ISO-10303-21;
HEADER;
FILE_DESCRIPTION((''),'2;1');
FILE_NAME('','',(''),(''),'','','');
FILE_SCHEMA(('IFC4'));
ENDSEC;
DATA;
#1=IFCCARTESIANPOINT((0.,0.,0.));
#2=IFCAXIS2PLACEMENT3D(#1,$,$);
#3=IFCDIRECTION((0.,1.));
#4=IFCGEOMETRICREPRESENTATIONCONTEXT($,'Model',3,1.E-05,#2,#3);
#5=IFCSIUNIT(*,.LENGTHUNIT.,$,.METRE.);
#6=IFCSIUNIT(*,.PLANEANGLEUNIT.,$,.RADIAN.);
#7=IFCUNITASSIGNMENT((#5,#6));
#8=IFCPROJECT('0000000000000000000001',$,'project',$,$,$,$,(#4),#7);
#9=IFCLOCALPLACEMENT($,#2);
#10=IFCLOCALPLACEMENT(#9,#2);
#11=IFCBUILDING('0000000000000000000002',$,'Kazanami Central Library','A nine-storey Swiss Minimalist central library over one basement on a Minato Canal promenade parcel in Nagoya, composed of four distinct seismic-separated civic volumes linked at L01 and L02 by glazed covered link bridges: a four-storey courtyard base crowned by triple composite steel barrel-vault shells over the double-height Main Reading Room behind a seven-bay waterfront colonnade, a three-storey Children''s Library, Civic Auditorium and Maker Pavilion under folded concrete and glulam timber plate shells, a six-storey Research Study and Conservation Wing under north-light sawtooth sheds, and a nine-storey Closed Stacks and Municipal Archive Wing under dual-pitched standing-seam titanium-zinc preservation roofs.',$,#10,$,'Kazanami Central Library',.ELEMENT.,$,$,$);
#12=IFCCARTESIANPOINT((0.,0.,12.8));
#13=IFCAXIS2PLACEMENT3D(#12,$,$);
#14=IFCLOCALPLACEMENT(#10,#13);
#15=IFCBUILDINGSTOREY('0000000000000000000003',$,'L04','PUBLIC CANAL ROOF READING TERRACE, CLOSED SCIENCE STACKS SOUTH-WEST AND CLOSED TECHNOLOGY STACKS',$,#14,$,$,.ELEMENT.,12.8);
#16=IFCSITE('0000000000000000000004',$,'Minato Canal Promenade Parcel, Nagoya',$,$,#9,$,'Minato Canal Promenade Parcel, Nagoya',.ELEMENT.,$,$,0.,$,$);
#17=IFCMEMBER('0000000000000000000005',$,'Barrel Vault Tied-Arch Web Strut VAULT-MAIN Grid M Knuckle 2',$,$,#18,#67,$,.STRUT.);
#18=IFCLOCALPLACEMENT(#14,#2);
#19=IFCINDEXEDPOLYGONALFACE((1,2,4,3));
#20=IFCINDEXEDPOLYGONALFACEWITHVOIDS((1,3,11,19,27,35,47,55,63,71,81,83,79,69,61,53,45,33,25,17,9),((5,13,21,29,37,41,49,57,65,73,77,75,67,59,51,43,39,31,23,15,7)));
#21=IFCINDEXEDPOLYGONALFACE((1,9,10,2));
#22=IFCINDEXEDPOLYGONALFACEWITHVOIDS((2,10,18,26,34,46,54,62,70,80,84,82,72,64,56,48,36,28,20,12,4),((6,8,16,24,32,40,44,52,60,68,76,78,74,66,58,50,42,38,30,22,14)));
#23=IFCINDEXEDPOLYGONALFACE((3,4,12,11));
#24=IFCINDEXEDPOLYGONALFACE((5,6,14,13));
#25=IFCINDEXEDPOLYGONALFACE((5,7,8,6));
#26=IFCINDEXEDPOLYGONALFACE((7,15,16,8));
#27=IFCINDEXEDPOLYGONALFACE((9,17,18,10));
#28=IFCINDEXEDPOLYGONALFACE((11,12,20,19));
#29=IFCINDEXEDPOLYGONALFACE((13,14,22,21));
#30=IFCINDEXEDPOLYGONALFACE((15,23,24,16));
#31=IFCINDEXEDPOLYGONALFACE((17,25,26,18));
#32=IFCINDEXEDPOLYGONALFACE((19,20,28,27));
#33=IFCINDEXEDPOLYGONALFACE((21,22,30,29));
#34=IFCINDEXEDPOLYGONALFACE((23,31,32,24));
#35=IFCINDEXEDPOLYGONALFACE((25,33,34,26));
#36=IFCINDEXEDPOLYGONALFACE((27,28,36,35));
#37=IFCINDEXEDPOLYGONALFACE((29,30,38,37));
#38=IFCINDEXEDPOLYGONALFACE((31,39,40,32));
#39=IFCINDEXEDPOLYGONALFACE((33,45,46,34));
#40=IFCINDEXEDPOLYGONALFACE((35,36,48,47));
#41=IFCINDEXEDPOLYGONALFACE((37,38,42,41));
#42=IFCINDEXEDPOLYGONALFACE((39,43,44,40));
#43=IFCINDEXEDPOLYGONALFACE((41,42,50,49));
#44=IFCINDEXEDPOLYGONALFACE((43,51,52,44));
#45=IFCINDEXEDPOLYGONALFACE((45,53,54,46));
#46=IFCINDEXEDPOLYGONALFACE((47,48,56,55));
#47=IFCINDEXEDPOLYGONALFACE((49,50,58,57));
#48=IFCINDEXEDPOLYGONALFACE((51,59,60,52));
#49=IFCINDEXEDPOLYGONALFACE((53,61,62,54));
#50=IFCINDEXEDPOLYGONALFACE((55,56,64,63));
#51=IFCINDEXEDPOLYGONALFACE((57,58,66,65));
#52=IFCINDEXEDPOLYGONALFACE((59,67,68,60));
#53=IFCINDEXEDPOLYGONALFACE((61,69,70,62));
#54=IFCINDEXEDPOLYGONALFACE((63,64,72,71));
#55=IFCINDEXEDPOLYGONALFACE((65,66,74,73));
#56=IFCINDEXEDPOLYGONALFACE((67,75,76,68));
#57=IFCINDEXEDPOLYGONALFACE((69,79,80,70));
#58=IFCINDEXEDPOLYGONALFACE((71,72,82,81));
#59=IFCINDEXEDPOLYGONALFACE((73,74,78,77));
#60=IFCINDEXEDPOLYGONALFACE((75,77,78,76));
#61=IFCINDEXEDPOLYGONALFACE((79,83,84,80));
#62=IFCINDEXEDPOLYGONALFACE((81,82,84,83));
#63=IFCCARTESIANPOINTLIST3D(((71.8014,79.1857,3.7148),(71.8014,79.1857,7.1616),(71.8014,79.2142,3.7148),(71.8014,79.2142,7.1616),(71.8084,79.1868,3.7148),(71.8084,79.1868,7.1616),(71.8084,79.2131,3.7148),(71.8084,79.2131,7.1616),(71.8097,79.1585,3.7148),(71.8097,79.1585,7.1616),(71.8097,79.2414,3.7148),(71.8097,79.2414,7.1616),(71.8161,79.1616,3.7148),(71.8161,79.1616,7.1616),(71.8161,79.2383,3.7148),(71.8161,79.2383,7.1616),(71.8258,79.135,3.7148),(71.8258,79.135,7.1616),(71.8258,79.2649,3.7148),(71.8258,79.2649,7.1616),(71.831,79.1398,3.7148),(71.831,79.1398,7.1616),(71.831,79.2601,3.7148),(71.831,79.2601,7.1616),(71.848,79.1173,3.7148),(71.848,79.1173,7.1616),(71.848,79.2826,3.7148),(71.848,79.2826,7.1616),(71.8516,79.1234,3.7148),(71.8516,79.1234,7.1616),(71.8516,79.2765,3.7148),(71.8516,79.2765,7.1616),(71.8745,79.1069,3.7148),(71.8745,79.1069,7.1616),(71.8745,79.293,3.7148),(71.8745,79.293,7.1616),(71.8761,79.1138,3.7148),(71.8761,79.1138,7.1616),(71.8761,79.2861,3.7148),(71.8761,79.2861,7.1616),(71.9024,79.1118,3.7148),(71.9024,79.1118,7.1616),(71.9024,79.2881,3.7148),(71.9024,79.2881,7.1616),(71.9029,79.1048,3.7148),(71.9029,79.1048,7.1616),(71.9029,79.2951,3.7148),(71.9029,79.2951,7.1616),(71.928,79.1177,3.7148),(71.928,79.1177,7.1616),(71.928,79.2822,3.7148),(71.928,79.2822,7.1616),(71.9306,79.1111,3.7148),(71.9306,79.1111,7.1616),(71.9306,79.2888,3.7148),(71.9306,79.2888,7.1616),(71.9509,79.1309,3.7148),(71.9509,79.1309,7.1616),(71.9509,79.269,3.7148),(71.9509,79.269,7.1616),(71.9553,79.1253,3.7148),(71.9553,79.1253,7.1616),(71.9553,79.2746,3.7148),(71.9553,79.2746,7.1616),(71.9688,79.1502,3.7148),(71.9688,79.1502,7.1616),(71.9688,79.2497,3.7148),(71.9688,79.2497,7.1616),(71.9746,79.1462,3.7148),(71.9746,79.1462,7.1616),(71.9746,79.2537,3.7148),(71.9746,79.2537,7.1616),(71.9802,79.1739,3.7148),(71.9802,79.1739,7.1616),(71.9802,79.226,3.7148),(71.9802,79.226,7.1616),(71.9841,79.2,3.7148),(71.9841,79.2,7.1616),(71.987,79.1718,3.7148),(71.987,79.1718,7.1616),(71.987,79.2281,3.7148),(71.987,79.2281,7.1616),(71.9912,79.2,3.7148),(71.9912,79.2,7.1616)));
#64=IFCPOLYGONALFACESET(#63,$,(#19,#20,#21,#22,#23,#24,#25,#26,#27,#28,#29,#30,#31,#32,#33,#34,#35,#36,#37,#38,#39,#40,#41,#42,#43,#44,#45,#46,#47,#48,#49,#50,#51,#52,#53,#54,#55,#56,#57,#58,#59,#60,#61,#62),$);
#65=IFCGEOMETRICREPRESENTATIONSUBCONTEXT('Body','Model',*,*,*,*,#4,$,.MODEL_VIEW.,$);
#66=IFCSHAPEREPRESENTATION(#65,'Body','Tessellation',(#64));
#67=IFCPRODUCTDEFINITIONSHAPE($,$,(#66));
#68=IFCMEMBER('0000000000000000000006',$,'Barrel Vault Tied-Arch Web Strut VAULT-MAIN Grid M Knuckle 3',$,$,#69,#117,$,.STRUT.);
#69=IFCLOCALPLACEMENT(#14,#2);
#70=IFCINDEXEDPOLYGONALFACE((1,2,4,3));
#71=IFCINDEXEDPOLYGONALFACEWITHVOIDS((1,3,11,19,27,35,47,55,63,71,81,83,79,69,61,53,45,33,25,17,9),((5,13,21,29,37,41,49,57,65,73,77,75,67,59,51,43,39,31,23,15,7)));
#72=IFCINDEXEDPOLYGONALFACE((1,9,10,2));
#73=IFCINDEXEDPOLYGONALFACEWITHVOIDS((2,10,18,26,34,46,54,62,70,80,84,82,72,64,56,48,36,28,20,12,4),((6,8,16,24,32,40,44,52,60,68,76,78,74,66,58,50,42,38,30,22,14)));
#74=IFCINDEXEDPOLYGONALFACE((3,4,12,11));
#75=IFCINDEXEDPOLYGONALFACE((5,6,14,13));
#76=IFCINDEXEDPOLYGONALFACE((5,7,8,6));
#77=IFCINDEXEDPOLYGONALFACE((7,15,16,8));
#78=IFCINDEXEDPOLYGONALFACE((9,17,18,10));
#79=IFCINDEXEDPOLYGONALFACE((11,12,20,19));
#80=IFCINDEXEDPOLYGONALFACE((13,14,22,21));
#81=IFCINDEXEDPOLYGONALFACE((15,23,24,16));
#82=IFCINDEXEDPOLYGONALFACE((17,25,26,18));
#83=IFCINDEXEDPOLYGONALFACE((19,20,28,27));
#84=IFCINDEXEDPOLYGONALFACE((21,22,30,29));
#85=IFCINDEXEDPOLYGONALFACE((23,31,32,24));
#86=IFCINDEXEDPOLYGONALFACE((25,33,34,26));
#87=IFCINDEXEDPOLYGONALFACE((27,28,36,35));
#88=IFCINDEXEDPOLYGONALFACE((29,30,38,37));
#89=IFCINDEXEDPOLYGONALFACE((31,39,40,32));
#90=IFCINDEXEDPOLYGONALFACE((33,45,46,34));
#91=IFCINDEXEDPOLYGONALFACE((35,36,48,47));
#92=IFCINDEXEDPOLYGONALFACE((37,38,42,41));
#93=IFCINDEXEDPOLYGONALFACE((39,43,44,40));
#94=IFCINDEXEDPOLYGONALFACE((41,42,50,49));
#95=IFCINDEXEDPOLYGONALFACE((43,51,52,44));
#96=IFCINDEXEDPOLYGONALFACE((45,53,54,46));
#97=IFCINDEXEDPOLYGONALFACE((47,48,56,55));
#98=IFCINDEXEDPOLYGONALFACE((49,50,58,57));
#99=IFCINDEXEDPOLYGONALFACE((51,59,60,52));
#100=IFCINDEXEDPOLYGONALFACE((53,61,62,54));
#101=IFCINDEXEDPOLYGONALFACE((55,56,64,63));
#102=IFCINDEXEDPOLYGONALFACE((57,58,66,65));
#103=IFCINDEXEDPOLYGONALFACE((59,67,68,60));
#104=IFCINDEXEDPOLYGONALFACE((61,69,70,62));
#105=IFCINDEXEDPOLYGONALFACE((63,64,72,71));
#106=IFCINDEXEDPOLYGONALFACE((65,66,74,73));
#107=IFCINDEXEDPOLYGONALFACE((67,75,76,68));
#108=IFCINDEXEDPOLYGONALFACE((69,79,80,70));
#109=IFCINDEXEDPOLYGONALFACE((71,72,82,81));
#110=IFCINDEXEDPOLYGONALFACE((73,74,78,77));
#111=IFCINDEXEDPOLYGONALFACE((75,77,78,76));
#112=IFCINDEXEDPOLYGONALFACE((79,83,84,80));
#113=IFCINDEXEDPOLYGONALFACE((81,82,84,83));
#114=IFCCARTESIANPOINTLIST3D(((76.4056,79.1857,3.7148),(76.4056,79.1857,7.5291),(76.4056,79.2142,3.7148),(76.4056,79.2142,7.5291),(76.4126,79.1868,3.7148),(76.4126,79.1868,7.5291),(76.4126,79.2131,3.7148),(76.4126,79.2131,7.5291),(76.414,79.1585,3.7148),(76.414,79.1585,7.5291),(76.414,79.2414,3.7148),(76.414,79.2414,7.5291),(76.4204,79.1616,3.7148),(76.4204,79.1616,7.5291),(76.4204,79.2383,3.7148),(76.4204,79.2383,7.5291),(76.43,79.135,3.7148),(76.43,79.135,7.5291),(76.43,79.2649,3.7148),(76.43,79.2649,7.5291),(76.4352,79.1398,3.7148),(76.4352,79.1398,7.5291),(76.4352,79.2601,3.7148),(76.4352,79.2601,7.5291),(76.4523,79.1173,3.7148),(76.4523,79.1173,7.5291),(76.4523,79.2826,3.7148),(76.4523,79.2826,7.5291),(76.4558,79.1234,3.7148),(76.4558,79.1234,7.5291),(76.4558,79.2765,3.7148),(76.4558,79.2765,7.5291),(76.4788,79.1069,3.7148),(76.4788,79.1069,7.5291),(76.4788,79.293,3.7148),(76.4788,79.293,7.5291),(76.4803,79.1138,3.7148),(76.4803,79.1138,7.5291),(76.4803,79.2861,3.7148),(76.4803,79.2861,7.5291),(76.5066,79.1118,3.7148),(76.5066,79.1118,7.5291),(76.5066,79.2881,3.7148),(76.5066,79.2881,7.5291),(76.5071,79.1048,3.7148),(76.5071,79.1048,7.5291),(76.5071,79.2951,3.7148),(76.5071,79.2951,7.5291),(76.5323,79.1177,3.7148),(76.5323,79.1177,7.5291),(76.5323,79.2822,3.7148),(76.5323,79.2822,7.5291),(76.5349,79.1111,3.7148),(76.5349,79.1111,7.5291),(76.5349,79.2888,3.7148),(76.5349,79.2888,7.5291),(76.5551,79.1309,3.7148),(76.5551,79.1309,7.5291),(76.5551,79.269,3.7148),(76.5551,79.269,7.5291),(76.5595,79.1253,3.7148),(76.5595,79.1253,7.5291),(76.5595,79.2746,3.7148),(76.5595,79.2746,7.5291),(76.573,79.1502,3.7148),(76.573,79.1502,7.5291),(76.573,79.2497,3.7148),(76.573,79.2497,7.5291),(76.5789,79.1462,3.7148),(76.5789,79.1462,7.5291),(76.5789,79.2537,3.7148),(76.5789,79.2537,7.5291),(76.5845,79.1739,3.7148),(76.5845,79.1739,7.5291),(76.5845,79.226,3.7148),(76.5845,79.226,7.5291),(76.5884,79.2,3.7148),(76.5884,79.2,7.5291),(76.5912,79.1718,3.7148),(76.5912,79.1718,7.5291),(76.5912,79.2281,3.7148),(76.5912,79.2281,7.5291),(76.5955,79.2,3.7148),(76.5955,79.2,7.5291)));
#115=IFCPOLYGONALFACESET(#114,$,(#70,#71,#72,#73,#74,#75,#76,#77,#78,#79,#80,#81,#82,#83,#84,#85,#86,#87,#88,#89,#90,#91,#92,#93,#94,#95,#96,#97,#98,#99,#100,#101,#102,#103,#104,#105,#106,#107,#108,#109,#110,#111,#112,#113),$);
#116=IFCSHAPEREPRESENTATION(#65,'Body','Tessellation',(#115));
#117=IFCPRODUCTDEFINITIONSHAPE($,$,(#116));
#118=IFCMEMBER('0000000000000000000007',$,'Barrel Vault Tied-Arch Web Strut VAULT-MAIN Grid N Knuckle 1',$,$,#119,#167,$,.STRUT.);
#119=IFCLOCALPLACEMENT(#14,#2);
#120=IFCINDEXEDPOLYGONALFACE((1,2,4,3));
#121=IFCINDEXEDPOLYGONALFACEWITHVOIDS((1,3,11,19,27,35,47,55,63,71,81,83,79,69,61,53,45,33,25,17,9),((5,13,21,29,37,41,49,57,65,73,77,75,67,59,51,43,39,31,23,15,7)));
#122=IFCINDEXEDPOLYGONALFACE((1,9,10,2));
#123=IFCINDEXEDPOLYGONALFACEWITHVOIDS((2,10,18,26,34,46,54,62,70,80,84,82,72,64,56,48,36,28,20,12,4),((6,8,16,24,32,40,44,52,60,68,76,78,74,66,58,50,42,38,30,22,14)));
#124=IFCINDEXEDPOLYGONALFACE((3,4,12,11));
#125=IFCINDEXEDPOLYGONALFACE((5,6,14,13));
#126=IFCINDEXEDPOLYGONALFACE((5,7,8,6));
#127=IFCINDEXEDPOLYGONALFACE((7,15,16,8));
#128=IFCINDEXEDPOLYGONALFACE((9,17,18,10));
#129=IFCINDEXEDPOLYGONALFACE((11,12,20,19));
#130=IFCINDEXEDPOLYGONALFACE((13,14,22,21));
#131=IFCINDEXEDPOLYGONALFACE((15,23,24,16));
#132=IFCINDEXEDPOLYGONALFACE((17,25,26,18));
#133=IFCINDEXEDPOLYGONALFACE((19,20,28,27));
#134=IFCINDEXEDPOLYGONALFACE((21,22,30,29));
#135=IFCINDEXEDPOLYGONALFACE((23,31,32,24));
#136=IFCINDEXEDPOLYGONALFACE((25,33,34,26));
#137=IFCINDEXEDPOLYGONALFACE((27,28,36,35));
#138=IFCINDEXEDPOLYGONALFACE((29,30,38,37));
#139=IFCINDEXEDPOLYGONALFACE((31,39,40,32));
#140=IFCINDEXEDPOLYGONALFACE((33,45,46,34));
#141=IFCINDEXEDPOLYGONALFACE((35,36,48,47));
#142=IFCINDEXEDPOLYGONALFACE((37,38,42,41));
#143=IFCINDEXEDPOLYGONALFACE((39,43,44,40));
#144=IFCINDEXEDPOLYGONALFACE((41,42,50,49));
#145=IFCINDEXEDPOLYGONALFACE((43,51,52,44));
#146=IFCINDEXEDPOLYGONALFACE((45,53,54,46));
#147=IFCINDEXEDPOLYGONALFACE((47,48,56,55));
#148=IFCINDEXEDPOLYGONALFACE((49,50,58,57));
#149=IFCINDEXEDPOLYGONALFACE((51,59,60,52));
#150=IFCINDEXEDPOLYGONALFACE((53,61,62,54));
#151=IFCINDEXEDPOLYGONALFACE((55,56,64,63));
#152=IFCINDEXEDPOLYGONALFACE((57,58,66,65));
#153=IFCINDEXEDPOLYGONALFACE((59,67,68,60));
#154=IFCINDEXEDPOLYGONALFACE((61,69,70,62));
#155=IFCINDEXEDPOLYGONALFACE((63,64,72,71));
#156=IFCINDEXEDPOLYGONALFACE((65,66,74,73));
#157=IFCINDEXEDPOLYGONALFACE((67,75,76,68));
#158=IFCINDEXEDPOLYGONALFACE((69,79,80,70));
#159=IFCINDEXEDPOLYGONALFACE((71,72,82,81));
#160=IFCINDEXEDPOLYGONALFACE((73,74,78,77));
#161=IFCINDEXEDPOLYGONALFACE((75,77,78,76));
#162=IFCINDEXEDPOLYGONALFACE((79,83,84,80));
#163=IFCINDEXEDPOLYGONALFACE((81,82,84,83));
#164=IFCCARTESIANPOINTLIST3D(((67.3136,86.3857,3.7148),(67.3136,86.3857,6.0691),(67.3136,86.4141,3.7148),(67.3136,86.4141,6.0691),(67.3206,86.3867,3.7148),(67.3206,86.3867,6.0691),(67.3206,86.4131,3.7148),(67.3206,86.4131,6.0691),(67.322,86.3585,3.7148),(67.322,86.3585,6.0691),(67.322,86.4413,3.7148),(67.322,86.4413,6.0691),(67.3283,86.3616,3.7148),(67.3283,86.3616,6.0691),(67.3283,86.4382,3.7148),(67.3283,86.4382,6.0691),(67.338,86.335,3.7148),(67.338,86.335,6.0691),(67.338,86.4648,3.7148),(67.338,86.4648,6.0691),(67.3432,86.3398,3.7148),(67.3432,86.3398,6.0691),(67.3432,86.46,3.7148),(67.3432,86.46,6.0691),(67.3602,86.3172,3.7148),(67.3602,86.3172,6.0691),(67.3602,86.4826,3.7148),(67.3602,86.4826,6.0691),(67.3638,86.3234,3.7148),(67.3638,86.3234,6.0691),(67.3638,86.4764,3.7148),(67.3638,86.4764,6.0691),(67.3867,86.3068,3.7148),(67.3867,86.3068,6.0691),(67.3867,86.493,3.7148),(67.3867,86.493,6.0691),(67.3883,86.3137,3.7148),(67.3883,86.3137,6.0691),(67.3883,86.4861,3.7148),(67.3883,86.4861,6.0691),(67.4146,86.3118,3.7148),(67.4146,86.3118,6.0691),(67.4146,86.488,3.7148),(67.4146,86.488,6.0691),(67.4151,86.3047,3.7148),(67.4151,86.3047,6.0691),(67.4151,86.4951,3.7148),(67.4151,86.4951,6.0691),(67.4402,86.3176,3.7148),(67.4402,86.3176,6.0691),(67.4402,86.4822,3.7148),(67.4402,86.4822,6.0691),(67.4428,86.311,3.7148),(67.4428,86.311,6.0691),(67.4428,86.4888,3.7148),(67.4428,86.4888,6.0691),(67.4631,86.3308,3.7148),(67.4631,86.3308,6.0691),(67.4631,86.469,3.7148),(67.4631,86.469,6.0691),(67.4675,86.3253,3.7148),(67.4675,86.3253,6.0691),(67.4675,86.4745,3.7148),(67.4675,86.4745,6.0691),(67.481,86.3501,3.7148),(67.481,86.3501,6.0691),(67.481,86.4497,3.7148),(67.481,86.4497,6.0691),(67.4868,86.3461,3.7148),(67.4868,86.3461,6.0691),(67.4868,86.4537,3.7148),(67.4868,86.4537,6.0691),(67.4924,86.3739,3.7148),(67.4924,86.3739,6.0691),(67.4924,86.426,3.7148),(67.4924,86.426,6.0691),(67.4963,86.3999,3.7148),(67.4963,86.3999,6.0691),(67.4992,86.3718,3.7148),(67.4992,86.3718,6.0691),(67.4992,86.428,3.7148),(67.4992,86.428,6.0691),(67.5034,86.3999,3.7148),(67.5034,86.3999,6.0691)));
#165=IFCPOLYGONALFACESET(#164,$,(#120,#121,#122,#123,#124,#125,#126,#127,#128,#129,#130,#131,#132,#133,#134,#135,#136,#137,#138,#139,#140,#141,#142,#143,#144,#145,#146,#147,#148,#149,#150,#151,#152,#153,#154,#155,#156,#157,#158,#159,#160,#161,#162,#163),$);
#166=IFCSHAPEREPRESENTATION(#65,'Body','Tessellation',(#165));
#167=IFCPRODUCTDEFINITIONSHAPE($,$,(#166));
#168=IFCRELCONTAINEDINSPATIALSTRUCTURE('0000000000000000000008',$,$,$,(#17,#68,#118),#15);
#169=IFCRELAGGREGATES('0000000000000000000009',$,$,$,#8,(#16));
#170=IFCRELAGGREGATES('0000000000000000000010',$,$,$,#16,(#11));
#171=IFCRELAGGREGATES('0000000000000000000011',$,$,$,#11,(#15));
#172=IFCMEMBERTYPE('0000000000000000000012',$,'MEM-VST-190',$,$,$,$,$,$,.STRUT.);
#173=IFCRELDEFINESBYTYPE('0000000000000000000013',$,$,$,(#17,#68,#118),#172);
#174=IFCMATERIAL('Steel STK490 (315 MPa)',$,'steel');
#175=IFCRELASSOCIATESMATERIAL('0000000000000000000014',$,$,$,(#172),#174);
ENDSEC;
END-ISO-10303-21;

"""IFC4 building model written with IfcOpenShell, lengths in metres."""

from ifc_helpers import new_model, si_unit, direction, frame, origin, origin_2d, place, context, subcontext, project, spatial, hollow_circle, extrude, material, material_profile, profile_set, type_object, element, save


model = new_model("IFC4")

# Units and contexts
model_context = context("Model", 3, precision=1e-05, world=origin(), true_north=direction((0.0, 1.0)))
body_context = subcontext(model_context, "Body", "Model", "MODEL_VIEW")
ifc_project = project(units=[si_unit("LENGTHUNIT", "METRE"), si_unit("PLANEANGLEUNIT", "RADIAN")], contexts=[model_context])

# Site, building, storey
site_placement = place(None, origin())
site = spatial("IfcSite", under=ifc_project, at=site_placement, Name="Minato Canal Promenade Parcel, Nagoya", LongName="Minato Canal Promenade Parcel, Nagoya", CompositionType="ELEMENT", RefElevation=0.0)
building_placement = place(site_placement, origin())
building = spatial("IfcBuilding", under=site, at=building_placement, Name="Kazanami Central Library", Description="A nine-storey Swiss Minimalist central library over one basement on a Minato Canal promenade parcel in Nagoya, composed of four distinct seismic-separated civic volumes linked at L01 and L02 by glazed covered link bridges: a four-storey courtyard base crowned by triple composite steel barrel-vault shells over the double-height Main Reading Room behind a seven-bay waterfront colonnade, a three-storey Children's Library, Civic Auditorium and Maker Pavilion under folded concrete and glulam timber plate shells, a six-storey Research Study and Conservation Wing under north-light sawtooth sheds, and a nine-storey Closed Stacks and Municipal Archive Wing under dual-pitched standing-seam titanium-zinc preservation roofs.", LongName="Kazanami Central Library", CompositionType="ELEMENT")
storey_placement = place(building_placement, frame((0.0, 0.0, 12.8)))
storey = spatial("IfcBuildingStorey", under=building, at=storey_placement, Name="L04", Description="PUBLIC CANAL ROOF READING TERRACE, CLOSED SCIENCE STACKS SOUTH-WEST AND CLOSED TECHNOLOGY STACKS", CompositionType="ELEMENT", Elevation=12.8)

# Members
ifc_material_1 = material(Name="Steel STK490 (315 MPa)", Category="steel")
ifc_material_profile_1 = material_profile(ifc_material_1, hollow_circle(Radius=0.0955, WallThickness=0.0071, at=origin_2d()), Name="CHS-190.7x7.0")
ifc_profile_set_1 = profile_set([ifc_material_profile_1], Name="Steel STK490 (315 MPa)")
member_type_1 = type_object("IfcMemberType", Name="MEM-VST-190", PredefinedType="STRUT", material=ifc_profile_set_1)
member_1_placement = place(storey_placement, frame((71.8958, 79.2, 3.7148), z_axis=(0.0, 0.0, 1.0), x_axis=(1.0, 0.0, 0.0)))
element("IfcMember", 1, at=member_1_placement, inside=storey, type_object=member_type_1, Name="Barrel Vault Tied-Arch Web Strut VAULT-MAIN Grid M Knuckle 2", PredefinedType="STRUT", context=body_context, shape_type="SweptSolid", body=[
    extrude(hollow_circle(Radius=0.0955, WallThickness=0.0071, at=origin_2d()), origin(), (0.0, 0.0, 1.0), 3.4468),
])
member_2_placement = place(storey_placement, frame((76.5, 79.2, 3.7148), z_axis=(0.0, 0.0, 1.0), x_axis=(1.0, 0.0, 0.0)))
element("IfcMember", 2, at=member_2_placement, inside=storey, type_object=member_type_1, Name="Barrel Vault Tied-Arch Web Strut VAULT-MAIN Grid M Knuckle 3", PredefinedType="STRUT", context=body_context, shape_type="SweptSolid", body=[
    extrude(hollow_circle(Radius=0.0955, WallThickness=0.0071, at=origin_2d()), origin(), (0.0, 0.0, 1.0), 3.8142),
])
member_3_placement = place(storey_placement, frame((67.408, 86.3999, 3.7148), z_axis=(0.0, 0.0, 1.0), x_axis=(1.0, 0.0, 0.0)))
element("IfcMember", 3, at=member_3_placement, inside=storey, type_object=member_type_1, Name="Barrel Vault Tied-Arch Web Strut VAULT-MAIN Grid N Knuckle 1", PredefinedType="STRUT", context=body_context, shape_type="SweptSolid", body=[
    extrude(hollow_circle(Radius=0.0955, WallThickness=0.0071, at=origin_2d()), origin(), (0.0, 0.0, 1.0), 2.3542),
])

save(model, "model.ifc")
